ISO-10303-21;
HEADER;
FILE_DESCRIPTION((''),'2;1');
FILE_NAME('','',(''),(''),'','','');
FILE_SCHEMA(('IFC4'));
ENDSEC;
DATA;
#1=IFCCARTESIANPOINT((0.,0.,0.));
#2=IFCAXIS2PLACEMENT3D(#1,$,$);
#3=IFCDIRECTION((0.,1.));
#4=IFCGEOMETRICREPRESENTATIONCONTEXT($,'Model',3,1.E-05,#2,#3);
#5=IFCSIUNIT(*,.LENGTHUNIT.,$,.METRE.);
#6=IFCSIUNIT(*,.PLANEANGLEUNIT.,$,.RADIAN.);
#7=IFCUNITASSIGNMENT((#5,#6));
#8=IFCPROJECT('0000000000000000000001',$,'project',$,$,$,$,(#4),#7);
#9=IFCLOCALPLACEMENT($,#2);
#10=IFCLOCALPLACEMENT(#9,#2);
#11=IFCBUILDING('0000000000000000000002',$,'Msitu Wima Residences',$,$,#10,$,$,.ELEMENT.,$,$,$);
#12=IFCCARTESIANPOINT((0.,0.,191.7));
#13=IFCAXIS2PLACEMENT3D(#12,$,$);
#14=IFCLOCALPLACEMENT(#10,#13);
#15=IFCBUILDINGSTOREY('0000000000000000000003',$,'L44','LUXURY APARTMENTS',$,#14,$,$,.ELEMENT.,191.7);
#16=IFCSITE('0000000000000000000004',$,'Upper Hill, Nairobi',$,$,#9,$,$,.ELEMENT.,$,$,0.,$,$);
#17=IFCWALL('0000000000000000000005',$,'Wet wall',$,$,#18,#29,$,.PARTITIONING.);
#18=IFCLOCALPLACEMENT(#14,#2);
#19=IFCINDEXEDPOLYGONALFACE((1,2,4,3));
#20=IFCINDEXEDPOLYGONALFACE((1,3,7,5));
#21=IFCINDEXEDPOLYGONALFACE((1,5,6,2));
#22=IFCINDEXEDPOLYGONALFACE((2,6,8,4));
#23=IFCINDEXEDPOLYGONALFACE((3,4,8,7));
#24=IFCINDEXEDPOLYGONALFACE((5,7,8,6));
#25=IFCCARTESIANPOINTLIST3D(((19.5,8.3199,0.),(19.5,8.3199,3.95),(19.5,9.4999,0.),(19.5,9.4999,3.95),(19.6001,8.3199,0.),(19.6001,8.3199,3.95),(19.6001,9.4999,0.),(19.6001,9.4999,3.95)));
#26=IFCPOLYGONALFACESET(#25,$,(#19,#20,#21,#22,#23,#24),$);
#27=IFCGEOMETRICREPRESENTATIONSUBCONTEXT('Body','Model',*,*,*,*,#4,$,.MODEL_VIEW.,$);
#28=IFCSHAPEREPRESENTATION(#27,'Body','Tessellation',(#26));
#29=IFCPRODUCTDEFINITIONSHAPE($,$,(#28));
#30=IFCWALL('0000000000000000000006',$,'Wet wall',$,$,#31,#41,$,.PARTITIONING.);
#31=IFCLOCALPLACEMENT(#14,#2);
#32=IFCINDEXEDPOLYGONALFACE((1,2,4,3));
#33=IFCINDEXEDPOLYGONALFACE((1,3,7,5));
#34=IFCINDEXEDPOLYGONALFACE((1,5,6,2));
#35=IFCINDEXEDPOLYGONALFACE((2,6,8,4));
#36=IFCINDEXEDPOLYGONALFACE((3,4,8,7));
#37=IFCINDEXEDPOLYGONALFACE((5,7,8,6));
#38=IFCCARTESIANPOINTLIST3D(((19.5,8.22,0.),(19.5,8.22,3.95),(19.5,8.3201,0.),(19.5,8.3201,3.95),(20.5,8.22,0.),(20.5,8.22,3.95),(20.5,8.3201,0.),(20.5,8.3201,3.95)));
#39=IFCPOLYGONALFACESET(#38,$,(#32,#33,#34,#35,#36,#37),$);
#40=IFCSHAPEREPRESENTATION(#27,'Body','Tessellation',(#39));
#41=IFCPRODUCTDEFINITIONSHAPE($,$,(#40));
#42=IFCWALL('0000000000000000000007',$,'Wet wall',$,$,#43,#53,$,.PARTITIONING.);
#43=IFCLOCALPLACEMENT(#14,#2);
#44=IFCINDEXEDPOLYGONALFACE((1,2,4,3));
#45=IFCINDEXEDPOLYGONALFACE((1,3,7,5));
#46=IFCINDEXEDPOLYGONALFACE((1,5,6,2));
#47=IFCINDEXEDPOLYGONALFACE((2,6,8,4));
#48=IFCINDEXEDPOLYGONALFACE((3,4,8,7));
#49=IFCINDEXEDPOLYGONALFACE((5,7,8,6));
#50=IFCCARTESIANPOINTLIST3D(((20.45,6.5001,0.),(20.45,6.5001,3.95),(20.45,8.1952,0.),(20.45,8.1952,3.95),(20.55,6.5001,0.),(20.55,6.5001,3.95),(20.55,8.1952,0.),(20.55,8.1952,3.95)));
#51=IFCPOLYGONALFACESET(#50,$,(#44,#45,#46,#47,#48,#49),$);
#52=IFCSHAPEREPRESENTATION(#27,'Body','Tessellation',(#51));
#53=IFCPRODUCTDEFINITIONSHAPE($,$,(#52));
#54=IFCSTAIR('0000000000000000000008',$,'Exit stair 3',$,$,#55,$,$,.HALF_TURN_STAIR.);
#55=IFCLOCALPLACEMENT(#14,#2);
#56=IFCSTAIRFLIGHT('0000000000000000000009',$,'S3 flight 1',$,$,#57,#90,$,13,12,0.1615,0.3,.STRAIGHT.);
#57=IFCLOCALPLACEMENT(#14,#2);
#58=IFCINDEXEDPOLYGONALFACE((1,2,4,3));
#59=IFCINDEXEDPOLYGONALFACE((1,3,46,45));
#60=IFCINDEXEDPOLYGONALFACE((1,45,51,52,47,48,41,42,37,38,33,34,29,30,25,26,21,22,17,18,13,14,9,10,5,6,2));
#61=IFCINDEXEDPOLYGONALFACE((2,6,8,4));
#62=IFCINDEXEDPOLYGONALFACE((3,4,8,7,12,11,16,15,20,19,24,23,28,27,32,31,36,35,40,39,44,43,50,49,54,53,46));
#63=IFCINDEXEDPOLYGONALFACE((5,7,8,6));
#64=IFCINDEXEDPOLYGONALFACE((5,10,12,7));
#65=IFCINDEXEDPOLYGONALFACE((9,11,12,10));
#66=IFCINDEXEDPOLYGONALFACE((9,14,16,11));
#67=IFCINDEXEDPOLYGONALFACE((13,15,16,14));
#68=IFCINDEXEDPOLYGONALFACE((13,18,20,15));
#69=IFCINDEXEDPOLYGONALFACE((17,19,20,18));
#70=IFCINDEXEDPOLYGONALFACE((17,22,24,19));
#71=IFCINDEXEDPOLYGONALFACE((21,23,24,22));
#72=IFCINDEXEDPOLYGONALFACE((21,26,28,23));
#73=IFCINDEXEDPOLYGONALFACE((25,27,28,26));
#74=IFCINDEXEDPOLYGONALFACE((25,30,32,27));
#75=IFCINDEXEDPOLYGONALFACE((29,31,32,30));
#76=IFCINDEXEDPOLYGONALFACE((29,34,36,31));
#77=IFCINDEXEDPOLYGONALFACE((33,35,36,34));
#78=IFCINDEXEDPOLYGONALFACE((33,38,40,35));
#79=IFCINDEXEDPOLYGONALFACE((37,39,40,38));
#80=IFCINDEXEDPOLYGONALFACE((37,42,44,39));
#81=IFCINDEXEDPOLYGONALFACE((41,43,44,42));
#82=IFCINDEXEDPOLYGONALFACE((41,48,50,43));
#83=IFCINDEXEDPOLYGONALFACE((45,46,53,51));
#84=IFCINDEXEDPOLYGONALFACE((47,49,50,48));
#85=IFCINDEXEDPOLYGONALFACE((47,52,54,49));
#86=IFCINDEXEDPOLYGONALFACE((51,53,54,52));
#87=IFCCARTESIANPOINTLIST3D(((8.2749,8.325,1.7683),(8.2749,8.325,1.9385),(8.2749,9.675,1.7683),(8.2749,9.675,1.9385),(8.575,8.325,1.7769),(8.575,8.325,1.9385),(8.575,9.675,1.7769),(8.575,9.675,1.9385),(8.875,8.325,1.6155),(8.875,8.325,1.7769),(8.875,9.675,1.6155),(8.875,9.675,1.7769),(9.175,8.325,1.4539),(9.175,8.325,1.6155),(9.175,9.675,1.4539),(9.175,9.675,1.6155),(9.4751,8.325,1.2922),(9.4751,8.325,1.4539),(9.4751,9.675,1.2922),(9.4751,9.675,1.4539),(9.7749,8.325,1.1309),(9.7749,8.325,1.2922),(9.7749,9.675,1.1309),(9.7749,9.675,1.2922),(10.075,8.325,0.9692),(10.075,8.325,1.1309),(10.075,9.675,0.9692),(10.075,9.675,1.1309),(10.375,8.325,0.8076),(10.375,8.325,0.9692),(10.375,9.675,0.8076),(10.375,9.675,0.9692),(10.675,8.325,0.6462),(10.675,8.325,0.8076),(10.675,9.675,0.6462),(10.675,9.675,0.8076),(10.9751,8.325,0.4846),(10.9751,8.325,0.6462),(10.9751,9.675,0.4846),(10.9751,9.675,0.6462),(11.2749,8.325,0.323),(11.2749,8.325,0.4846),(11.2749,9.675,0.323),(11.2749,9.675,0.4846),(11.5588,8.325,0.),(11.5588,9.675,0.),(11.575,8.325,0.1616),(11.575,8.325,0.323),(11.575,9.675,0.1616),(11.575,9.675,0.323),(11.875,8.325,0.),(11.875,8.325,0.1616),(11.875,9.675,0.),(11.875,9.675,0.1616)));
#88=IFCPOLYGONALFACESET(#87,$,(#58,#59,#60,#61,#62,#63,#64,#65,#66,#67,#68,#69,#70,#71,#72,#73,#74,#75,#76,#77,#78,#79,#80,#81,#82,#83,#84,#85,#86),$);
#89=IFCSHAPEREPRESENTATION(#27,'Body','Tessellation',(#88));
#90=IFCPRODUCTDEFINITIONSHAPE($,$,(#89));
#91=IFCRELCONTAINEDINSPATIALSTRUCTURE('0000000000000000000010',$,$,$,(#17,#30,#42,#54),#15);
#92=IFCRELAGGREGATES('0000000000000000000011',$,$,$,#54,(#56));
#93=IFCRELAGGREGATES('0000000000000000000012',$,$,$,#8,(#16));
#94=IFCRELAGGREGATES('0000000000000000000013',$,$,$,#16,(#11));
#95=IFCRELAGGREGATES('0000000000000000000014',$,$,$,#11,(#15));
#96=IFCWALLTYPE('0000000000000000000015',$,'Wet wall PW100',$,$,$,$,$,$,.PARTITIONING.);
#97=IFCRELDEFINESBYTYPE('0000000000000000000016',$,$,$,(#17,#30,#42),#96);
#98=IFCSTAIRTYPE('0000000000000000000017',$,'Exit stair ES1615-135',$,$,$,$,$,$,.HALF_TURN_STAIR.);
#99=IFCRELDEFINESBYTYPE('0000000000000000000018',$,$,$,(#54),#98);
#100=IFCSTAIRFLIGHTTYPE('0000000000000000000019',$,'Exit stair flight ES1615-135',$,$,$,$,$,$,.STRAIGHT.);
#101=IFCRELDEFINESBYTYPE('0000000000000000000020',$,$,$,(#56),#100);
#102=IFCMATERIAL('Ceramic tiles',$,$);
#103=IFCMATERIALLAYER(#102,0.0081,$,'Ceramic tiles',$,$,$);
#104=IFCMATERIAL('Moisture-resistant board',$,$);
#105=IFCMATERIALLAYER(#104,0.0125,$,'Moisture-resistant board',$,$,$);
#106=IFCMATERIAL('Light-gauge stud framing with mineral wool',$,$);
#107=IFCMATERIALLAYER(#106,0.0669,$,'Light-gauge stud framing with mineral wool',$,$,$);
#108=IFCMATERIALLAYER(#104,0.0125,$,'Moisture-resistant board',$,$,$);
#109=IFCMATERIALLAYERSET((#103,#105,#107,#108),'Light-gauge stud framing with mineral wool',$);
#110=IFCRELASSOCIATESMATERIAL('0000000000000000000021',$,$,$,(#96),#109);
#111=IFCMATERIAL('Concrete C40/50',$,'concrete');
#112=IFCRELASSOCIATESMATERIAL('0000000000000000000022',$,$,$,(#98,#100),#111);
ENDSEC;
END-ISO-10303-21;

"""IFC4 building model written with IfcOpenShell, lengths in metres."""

from ifc_helpers import new_model, si_unit, direction, frame, frame_2d, origin, place, context, subcontext, project, spatial, polyline, rectangle, outline, extrude, material, layer, layer_set, type_object, element, aggregate, save


model = new_model("IFC4")

# Units and contexts
model_context = context("Model", 3, precision=1e-05, world=origin(), true_north=direction((0.0, 1.0)))
body_context = subcontext(model_context, "Body", "Model", "MODEL_VIEW")
ifc_project = project(units=[si_unit("LENGTHUNIT", "METRE"), si_unit("PLANEANGLEUNIT", "RADIAN")], contexts=[model_context])

# Site, building, storey
site_placement = place(None, origin())
site = spatial("IfcSite", under=ifc_project, at=site_placement, Name="Upper Hill, Nairobi", CompositionType="ELEMENT", RefElevation=0.0)
building_placement = place(site_placement, origin())
building = spatial("IfcBuilding", under=site, at=building_placement, Name="Msitu Wima Residences", CompositionType="ELEMENT")
storey_placement = place(building_placement, frame((0.0, 0.0, 191.7)))
storey = spatial("IfcBuildingStorey", under=building, at=storey_placement, Name="L44", Description="LUXURY APARTMENTS", CompositionType="ELEMENT", Elevation=191.7)

# Shared definitions
ifc_material_1 = material(Name="Ceramic tiles")
ifc_layer_1 = layer(ifc_material_1, 0.0081, Name="Ceramic tiles")
ifc_material_2 = material(Name="Moisture-resistant board")
ifc_layer_2 = layer(ifc_material_2, 0.0125, Name="Moisture-resistant board")
ifc_material_3 = material(Name="Light-gauge stud framing with mineral wool")
ifc_layer_3 = layer(ifc_material_3, 0.0669, Name="Light-gauge stud framing with mineral wool")
ifc_layer_4 = layer(ifc_material_2, 0.0125, Name="Moisture-resistant board")
ifc_layer_set_1 = layer_set([ifc_layer_1, ifc_layer_2, ifc_layer_3, ifc_layer_4], Name="Light-gauge stud framing with mineral wool")
wall_type_1 = type_object("IfcWallType", Name="Wet wall PW100", PredefinedType="PARTITIONING", material=ifc_layer_set_1)

# Walls
wall_1_placement = place(storey_placement, frame((19.55, 8.3201, 0.0), z_axis=(0.0, 0.0, 1.0), x_axis=(0.0, 1.0, 0.0)))
element("IfcWall", 1, at=wall_1_placement, inside=storey, type_object=wall_type_1, Name="Wet wall", PredefinedType="PARTITIONING", context=body_context, shape_type="SweptSolid", body=[
    extrude(rectangle(XDim=1.1799, YDim=0.1001, at=frame_2d((0.5898, 0.0))), origin(), (0.0, 0.0, 1.0), 3.95),
])
wall_2_placement = place(storey_placement, frame((19.5, 8.27, 0.0), z_axis=(0.0, 0.0, 1.0), x_axis=(1.0, 0.0, 0.0)))
element("IfcWall", 2, at=wall_2_placement, inside=storey, type_object=wall_type_1, Name="Wet wall", PredefinedType="PARTITIONING", context=body_context, shape_type="SweptSolid", body=[
    extrude(rectangle(XDim=1.0, YDim=0.1001, at=frame_2d((0.5, 0.0))), origin(), (0.0, 0.0, 1.0), 3.95),
])
wall_3_placement = place(storey_placement, frame((20.5, 6.5, 0.0), z_axis=(0.0, 0.0, 1.0), x_axis=(0.0, 1.0, 0.0)))
element("IfcWall", 3, at=wall_3_placement, inside=storey, type_object=wall_type_1, Name="Wet wall", PredefinedType="PARTITIONING", context=body_context, shape_type="SweptSolid", body=[
    extrude(rectangle(XDim=1.6951, YDim=0.1001, at=frame_2d((0.8477, 0.0))), origin(), (0.0, 0.0, 1.0), 3.95),
])

# Stair, stair flight
ifc_material_4 = material(Name="Concrete C40/50", Category="concrete")
stair_type = type_object("IfcStairType", Name="Exit stair ES1615-135", PredefinedType="HALF_TURN_STAIR", material=ifc_material_4)
stair_placement = place(storey_placement, origin())
stair = element("IfcStair", 4, at=stair_placement, inside=storey, type_object=stair_type, Name="Exit stair 3", PredefinedType="HALF_TURN_STAIR")
stair_flight_type = type_object("IfcStairFlightType", Name="Exit stair flight ES1615-135", PredefinedType="STRAIGHT", material=ifc_material_4)
stair_flight_placement = place(storey_placement, frame((11.875, 9.0, 0.0), z_axis=(0.0, 0.0, 1.0), x_axis=(-1.0, 0.0, 0.0)))
stair_flight = element("IfcStairFlight", 5, at=stair_flight_placement, type_object=stair_flight_type, Name="S3 flight 1", NumberOfRisers=13, NumberOfTreads=12, PredefinedType="STRAIGHT", RiserHeight=0.1615, TreadLength=0.3, context=body_context, shape_type="SweptSolid", body=[
    extrude(outline(polyline([(0.0, 0.0), (0.0, 0.1616), (0.3, 0.1616), (0.3, 0.323), (0.6001, 0.323), (0.6001, 0.4846), (0.8999, 0.4846), (0.8999, 0.6462), (1.2, 0.6462), (1.2, 0.8076), (1.5, 0.8076), (1.5, 0.9692), (1.8, 0.9692), (1.8, 1.1309), (2.1001, 1.1309), (2.1001, 1.2922), (2.3999, 1.2922), (2.3999, 1.4539), (2.7, 1.4539), (2.7, 1.6155), (3.0, 1.6155), (3.0, 1.7769), (3.3, 1.7769), (3.3, 1.9385), (3.6001, 1.9385), (3.6001, 2.1001), (3.6001, 1.7683), (0.3162, 0.0), (0.0, 0.0)])), frame((0.0, 0.675, 0.0), z_axis=(0.0, -1.0, 0.0), x_axis=(1.0, 0.0, 0.0)), (0.0, 0.0, 1.0), 1.3501),
])
aggregate(stair, [stair_flight])

save(model, "model.ifc")
